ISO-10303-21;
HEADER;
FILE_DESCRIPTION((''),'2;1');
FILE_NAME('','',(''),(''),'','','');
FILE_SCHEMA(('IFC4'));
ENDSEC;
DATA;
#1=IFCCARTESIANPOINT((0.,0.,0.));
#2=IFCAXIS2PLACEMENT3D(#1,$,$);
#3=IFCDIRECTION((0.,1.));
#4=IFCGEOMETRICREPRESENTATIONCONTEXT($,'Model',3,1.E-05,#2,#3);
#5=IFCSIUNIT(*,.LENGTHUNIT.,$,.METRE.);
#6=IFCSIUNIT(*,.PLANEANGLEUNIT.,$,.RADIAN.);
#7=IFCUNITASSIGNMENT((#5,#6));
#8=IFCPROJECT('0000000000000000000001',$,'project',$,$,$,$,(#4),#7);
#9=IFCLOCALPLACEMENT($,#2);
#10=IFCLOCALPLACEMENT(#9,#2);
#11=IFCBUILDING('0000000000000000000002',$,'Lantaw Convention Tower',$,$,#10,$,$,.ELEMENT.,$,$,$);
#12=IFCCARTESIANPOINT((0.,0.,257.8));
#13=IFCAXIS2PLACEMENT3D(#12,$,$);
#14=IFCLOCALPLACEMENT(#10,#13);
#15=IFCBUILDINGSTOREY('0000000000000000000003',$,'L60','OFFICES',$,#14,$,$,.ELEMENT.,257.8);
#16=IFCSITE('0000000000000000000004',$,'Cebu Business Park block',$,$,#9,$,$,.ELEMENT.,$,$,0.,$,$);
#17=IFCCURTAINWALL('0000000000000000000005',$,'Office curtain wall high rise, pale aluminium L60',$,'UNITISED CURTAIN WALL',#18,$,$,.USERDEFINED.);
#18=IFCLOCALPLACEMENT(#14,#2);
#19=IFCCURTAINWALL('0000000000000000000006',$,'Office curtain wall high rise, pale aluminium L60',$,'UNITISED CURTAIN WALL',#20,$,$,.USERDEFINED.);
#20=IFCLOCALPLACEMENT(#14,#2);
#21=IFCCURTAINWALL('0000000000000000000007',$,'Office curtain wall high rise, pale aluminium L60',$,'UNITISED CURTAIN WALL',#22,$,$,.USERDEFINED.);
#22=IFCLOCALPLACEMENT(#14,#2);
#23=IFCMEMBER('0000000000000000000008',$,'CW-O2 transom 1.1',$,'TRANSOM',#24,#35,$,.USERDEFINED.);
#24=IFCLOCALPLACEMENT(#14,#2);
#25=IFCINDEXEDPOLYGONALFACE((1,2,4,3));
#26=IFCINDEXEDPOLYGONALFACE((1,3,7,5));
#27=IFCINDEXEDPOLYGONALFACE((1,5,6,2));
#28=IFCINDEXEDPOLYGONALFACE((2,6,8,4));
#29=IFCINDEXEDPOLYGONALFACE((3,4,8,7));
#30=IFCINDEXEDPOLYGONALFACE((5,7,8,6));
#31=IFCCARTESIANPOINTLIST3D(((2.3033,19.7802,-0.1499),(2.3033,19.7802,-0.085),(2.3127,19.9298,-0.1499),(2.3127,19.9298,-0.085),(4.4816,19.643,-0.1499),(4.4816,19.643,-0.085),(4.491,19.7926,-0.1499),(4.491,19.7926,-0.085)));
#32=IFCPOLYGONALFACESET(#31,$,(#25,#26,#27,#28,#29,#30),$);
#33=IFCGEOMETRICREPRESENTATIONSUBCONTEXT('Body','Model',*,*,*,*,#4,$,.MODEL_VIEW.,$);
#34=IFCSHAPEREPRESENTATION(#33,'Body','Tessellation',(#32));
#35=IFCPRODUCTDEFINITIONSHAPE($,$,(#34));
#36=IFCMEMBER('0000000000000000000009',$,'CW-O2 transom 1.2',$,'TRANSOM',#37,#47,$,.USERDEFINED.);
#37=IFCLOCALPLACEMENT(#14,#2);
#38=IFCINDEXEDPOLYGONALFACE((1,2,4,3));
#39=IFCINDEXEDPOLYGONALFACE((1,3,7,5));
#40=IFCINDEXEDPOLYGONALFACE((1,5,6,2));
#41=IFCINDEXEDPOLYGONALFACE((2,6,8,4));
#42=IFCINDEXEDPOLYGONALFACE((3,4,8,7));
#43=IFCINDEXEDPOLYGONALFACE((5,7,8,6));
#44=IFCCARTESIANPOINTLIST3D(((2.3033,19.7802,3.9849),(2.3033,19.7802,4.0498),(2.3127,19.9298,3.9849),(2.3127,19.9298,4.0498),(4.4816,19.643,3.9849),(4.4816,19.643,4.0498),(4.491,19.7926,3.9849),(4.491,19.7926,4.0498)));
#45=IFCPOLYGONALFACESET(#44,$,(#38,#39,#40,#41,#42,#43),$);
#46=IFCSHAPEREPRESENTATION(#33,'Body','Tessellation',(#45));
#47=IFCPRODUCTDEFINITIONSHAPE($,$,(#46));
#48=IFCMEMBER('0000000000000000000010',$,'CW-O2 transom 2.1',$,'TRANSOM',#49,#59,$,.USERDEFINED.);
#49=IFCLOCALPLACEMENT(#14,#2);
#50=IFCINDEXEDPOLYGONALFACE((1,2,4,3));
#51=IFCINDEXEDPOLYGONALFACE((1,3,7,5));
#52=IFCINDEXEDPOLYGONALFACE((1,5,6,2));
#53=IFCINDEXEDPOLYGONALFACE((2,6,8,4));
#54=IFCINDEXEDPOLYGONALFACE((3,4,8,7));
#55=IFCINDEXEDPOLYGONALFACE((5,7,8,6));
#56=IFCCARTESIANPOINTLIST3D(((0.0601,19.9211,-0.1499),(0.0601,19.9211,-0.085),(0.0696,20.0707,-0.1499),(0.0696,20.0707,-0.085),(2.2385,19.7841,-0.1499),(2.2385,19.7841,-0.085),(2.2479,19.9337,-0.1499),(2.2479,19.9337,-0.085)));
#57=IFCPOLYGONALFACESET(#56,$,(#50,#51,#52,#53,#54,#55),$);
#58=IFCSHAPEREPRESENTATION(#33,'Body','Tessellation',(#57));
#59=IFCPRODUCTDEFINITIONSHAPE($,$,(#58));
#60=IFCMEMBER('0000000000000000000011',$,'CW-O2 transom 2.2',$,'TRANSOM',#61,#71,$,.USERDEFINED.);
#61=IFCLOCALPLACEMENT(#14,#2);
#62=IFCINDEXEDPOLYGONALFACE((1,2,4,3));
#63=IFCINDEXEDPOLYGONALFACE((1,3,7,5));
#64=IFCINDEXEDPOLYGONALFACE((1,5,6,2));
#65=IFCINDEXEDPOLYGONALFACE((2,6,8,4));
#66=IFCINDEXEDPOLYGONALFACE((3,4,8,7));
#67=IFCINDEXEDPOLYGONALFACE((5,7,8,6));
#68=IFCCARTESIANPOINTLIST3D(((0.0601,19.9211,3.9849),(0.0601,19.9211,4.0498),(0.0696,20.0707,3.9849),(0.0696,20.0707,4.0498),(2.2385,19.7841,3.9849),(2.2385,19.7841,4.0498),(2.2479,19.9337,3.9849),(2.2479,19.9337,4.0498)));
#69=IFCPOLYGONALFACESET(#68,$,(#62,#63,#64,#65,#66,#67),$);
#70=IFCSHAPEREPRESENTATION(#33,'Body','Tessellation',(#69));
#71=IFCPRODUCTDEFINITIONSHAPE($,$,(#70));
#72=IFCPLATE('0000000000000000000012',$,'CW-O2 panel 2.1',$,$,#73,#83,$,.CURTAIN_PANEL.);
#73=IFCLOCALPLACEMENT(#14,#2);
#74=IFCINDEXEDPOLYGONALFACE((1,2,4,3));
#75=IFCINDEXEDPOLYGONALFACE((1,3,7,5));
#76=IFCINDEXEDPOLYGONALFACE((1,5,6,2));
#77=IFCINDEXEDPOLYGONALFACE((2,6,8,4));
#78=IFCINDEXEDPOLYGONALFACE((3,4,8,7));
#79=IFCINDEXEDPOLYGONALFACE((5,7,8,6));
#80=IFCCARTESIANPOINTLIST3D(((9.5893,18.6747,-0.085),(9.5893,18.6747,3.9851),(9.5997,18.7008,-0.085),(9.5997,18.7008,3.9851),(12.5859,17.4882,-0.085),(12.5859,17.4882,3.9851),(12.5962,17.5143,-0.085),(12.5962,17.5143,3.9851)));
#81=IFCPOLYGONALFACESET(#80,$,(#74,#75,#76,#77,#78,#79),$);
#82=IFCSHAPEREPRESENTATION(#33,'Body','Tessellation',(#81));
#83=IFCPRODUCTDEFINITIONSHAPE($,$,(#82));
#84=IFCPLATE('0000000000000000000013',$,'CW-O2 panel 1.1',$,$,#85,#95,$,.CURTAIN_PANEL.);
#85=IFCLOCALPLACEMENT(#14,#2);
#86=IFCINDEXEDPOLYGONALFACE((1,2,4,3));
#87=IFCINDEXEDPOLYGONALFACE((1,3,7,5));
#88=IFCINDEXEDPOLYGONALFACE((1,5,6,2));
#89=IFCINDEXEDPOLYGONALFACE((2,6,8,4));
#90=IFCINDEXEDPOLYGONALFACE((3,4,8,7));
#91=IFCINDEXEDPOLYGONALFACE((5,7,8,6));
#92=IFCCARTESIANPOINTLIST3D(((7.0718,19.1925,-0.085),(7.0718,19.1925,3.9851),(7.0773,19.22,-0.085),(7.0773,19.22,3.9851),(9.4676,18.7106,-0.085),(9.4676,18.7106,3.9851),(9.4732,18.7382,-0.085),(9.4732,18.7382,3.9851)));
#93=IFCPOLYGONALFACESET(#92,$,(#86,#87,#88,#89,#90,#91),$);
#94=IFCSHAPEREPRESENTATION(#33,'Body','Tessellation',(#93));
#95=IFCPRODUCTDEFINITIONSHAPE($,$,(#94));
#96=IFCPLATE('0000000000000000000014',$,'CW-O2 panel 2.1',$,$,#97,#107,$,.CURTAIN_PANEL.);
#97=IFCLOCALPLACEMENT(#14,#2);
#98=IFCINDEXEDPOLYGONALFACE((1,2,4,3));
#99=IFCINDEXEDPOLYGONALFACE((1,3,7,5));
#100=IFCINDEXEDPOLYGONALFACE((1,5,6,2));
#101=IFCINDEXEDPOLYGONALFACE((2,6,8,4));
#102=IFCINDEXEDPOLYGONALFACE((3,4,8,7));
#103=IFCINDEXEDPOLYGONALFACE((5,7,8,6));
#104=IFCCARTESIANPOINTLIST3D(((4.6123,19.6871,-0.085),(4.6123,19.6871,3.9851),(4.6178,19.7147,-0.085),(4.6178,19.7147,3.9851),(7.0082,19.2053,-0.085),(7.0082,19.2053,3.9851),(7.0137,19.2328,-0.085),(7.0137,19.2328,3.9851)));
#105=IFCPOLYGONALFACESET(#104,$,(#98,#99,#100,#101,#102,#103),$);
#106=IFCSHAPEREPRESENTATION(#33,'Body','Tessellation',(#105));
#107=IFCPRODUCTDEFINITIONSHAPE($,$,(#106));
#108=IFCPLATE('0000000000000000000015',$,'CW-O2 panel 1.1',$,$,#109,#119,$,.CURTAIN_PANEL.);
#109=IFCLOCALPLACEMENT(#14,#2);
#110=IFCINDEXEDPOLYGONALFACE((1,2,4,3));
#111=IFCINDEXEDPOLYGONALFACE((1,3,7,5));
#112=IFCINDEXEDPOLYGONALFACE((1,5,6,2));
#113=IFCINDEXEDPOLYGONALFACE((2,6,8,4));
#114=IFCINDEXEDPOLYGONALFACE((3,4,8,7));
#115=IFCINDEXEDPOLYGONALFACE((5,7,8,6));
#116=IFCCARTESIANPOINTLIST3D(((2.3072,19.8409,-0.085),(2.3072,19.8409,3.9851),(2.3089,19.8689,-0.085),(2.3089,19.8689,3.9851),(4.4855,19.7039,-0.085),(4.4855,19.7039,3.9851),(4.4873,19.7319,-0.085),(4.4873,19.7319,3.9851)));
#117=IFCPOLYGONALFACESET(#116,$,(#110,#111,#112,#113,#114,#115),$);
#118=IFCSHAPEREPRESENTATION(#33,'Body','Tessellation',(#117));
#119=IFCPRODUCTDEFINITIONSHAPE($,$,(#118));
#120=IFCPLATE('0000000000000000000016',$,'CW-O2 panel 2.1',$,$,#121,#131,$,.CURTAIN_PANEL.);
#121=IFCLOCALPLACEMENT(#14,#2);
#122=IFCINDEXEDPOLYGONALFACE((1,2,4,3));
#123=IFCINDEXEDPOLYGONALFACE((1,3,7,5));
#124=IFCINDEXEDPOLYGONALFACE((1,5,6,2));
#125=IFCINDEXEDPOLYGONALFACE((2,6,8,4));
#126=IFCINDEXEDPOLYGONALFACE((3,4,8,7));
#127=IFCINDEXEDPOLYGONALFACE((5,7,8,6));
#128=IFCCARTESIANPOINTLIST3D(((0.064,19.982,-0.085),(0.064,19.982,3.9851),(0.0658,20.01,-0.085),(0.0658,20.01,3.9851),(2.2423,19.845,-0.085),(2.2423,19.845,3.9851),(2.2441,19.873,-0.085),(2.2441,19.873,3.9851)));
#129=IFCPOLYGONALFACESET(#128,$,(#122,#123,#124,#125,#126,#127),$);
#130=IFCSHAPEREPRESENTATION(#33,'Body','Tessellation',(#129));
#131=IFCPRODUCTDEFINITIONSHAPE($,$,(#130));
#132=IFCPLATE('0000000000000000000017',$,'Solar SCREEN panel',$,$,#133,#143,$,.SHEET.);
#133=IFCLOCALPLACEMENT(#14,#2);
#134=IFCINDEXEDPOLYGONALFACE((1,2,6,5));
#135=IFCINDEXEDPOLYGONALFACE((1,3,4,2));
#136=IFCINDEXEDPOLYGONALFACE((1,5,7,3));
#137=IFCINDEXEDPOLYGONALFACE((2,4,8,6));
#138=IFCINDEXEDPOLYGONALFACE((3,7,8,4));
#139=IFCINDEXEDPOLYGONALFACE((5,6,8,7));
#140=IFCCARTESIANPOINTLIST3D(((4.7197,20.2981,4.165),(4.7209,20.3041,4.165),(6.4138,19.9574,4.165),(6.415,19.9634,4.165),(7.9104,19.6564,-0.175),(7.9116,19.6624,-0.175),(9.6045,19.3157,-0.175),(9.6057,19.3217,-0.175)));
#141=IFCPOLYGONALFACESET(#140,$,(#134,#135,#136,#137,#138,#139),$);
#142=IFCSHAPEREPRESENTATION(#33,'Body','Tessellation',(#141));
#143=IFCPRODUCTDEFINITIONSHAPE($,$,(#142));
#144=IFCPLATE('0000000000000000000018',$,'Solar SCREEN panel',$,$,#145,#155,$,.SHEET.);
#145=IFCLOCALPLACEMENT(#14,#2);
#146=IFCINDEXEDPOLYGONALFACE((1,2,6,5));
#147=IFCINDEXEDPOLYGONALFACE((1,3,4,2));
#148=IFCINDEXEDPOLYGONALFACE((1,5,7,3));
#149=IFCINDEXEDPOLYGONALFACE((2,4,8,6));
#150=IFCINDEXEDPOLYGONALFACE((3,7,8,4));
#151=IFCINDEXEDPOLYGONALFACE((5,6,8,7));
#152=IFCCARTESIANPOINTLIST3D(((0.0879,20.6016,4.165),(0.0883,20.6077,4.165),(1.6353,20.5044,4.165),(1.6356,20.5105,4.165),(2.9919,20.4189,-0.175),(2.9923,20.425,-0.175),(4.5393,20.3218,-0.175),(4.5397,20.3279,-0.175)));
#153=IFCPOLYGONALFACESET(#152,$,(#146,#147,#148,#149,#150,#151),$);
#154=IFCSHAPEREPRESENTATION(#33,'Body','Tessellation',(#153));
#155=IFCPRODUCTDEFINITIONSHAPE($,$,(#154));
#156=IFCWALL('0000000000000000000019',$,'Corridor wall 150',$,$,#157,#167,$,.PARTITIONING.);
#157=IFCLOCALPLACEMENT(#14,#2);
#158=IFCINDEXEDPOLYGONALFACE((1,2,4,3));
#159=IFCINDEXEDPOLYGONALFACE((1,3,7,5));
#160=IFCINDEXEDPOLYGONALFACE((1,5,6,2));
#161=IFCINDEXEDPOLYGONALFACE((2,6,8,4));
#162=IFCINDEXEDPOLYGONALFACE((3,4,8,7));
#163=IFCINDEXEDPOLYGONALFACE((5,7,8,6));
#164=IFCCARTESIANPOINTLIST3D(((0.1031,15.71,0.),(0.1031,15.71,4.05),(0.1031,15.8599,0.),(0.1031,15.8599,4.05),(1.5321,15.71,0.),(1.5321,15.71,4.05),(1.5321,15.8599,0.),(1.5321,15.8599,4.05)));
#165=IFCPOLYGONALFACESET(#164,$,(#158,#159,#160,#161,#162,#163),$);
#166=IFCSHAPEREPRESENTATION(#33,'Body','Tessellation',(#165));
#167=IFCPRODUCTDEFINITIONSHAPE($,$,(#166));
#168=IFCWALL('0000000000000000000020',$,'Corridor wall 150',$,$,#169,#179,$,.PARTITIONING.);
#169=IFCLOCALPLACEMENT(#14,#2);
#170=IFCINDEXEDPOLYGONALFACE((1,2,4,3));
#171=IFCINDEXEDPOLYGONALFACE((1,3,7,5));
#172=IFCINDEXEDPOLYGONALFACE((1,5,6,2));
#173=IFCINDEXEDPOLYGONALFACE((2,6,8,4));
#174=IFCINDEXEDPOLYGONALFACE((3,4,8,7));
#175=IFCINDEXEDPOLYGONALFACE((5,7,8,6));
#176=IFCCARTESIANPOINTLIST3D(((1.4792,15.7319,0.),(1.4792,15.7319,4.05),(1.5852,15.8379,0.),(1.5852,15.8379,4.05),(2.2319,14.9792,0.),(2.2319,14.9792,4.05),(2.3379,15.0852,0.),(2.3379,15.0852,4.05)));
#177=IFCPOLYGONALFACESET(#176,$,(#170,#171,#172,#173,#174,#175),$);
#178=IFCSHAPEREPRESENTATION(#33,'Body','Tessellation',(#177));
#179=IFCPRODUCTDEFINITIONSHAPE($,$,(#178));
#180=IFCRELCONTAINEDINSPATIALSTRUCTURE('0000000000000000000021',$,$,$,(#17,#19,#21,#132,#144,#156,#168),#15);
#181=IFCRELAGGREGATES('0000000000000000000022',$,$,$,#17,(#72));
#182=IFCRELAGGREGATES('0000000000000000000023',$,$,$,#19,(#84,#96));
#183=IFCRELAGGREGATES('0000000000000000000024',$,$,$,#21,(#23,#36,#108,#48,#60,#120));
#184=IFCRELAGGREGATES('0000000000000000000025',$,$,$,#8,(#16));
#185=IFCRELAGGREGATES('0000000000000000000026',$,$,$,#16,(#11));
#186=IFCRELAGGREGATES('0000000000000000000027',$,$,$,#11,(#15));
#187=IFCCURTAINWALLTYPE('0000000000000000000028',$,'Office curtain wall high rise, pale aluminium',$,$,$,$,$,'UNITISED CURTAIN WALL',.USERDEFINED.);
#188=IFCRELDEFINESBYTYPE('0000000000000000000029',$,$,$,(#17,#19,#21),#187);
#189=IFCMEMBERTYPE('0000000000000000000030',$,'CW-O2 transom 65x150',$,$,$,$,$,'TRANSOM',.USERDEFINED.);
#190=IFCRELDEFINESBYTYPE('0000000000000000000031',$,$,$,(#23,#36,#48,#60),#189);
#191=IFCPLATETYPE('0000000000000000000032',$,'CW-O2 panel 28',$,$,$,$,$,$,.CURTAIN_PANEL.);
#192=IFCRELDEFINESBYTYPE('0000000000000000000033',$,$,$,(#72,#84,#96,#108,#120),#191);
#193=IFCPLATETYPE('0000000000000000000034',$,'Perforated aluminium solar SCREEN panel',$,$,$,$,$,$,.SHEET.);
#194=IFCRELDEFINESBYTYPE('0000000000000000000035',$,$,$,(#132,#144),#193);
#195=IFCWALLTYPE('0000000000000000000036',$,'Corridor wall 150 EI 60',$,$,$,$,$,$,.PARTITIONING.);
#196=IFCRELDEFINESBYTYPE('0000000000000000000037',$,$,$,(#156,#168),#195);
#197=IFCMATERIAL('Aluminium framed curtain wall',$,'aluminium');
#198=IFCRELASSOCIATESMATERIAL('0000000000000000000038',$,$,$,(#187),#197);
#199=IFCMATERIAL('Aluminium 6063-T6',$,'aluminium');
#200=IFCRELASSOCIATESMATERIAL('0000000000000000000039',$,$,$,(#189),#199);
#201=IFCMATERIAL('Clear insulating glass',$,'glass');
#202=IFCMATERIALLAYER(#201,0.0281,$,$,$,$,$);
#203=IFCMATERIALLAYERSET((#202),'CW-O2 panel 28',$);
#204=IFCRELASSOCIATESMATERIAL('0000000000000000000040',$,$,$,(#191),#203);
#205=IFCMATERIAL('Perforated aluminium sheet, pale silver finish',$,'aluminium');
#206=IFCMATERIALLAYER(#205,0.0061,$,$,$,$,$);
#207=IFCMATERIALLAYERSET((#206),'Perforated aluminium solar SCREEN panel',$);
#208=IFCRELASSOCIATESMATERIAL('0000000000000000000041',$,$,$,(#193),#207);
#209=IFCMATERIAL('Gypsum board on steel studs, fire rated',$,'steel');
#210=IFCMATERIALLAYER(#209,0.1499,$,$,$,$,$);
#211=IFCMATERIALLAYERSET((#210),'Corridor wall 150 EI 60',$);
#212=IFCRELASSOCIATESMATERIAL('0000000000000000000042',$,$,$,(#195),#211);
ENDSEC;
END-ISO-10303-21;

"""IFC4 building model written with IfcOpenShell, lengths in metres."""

from ifc_helpers import new_model, si_unit, direction, frame, frame_2d, origin, origin_2d, place, context, subcontext, project, spatial, polyline, rectangle, outline, extrude, material, layer, layer_set, material_profile, profile_set, type_object, element, aggregate, save


model = new_model("IFC4")

# Units and contexts
model_context = context("Model", 3, precision=1e-05, world=origin(), true_north=direction((0.0, 1.0)))
body_context = subcontext(model_context, "Body", "Model", "MODEL_VIEW")
ifc_project = project(units=[si_unit("LENGTHUNIT", "METRE"), si_unit("PLANEANGLEUNIT", "RADIAN")], contexts=[model_context])

# Site, building, storey
site_placement = place(None, origin())
site = spatial("IfcSite", under=ifc_project, at=site_placement, Name="Cebu Business Park block", CompositionType="ELEMENT", RefElevation=0.0)
building_placement = place(site_placement, origin())
building = spatial("IfcBuilding", under=site, at=building_placement, Name="Lantaw Convention Tower", CompositionType="ELEMENT")
storey_placement = place(building_placement, frame((0.0, 0.0, 257.8)))
storey = spatial("IfcBuildingStorey", under=building, at=storey_placement, Name="L60", Description="OFFICES", CompositionType="ELEMENT", Elevation=257.8)

# Curtain walls
ifc_material_1 = material(Name="Aluminium framed curtain wall", Category="aluminium")
curtain_wall_type = type_object("IfcCurtainWallType", Name="Office curtain wall high rise, pale aluminium", ElementType="UNITISED CURTAIN WALL", PredefinedType="USERDEFINED", material=ifc_material_1)
curtain_wall_1_placement = place(storey_placement, origin())
curtain_wall_1 = element("IfcCurtainWall", 1, at=curtain_wall_1_placement, inside=storey, type_object=curtain_wall_type, Name="Office curtain wall high rise, pale aluminium L60", ObjectType="UNITISED CURTAIN WALL", PredefinedType="USERDEFINED")
ifc_material_2 = material(Name="Aluminium 6063-T6", Category="aluminium")
curtain_wall_2_placement = place(storey_placement, origin())
curtain_wall_2 = element("IfcCurtainWall", 2, at=curtain_wall_2_placement, inside=storey, type_object=curtain_wall_type, Name="Office curtain wall high rise, pale aluminium L60", ObjectType="UNITISED CURTAIN WALL", PredefinedType="USERDEFINED")
curtain_wall_3_placement = place(storey_placement, origin())
curtain_wall_3 = element("IfcCurtainWall", 3, at=curtain_wall_3_placement, inside=storey, type_object=curtain_wall_type, Name="Office curtain wall high rise, pale aluminium L60", ObjectType="UNITISED CURTAIN WALL", PredefinedType="USERDEFINED")

# Members
ifc_material_profile_1 = material_profile(ifc_material_2, rectangle(XDim=0.1499, YDim=0.0649, at=origin_2d()), Name="CW-O2 transom 65x150")
ifc_profile_set_1 = profile_set([ifc_material_profile_1], Name="Aluminium 6063-T6")
member_type_1 = type_object("IfcMemberType", Name="CW-O2 transom 65x150", ElementType="TRANSOM", PredefinedType="USERDEFINED", material=ifc_profile_set_1)
member_1_placement = place(storey_placement, frame((4.4863, 19.7178, -0.1174), z_axis=(-0.998022, 0.062866, 0.0), x_axis=(-0.062866, -0.998022, 0.0)))
member_1 = element("IfcMember", 4, at=member_1_placement, type_object=member_type_1, Name="CW-O2 transom 1.1", ObjectType="TRANSOM", PredefinedType="USERDEFINED", context=body_context, shape_type="SweptSolid", body=[
    extrude(rectangle(XDim=0.1499, YDim=0.0649, at=origin_2d()), origin(), (0.0, 0.0, 1.0), 2.1826),
])
member_2_placement = place(storey_placement, frame((4.4863, 19.7178, 4.0173), z_axis=(-0.998022, 0.062866, 0.0), x_axis=(-0.062866, -0.998022, 0.0)))
member_2 = element("IfcMember", 5, at=member_2_placement, type_object=member_type_1, Name="CW-O2 transom 1.2", ObjectType="TRANSOM", PredefinedType="USERDEFINED", context=body_context, shape_type="SweptSolid", body=[
    extrude(rectangle(XDim=0.1499, YDim=0.0649, at=origin_2d()), origin(), (0.0, 0.0, 1.0), 2.1826),
])
member_3_placement = place(storey_placement, frame((2.2432, 19.8589, -0.1174), z_axis=(-0.998029, 0.062754, 0.0), x_axis=(-0.062754, -0.998029, 0.0)))
member_3 = element("IfcMember", 6, at=member_3_placement, type_object=member_type_1, Name="CW-O2 transom 2.1", ObjectType="TRANSOM", PredefinedType="USERDEFINED", context=body_context, shape_type="SweptSolid", body=[
    extrude(rectangle(XDim=0.1499, YDim=0.0649, at=origin_2d()), origin(), (0.0, 0.0, 1.0), 2.1826),
])
member_4_placement = place(storey_placement, frame((2.2432, 19.8589, 4.0173), z_axis=(-0.998029, 0.062754, 0.0), x_axis=(-0.062754, -0.998029, 0.0)))
member_4 = element("IfcMember", 7, at=member_4_placement, type_object=member_type_1, Name="CW-O2 transom 2.2", ObjectType="TRANSOM", PredefinedType="USERDEFINED", context=body_context, shape_type="SweptSolid", body=[
    extrude(rectangle(XDim=0.1499, YDim=0.0649, at=origin_2d()), origin(), (0.0, 0.0, 1.0), 2.1826),
])

# Plates
ifc_material_3 = material(Name="Clear insulating glass", Category="glass")
ifc_layer_1 = layer(ifc_material_3, 0.0281)
ifc_layer_set_1 = layer_set([ifc_layer_1], Name="CW-O2 panel 28")
plate_type_1 = type_object("IfcPlateType", Name="CW-O2 panel 28", PredefinedType="CURTAIN_PANEL", material=ifc_layer_set_1)
plate_1_placement = place(storey_placement, frame((11.0928, 18.0945, -0.085), z_axis=(0.0, 0.0, 1.0), x_axis=(-0.929762, 0.368162, 0.0)))
plate_1 = element("IfcPlate", 8, at=plate_1_placement, type_object=plate_type_1, Name="CW-O2 panel 2.1", PredefinedType="CURTAIN_PANEL", context=body_context, shape_type="SweptSolid", body=[
    extrude(rectangle(XDim=3.2229, YDim=0.0281, at=origin_2d()), origin(), (0.0, 0.0, 1.0), 4.0701),
])
aggregate(curtain_wall_1, [plate_1])
plate_2_placement = place(storey_placement, frame((8.2725, 18.9653, -0.085), z_axis=(0.0, 0.0, 1.0), x_axis=(-0.980367, 0.197183, 0.0)))
plate_2 = element("IfcPlate", 9, at=plate_2_placement, type_object=plate_type_1, Name="CW-O2 panel 1.1", PredefinedType="CURTAIN_PANEL", context=body_context, shape_type="SweptSolid", body=[
    extrude(rectangle(XDim=2.4438, YDim=0.0281, at=origin_2d()), origin(), (0.0, 0.0, 1.0), 4.0701),
])
plate_3_placement = place(storey_placement, frame((5.813, 19.46, -0.085), z_axis=(0.0, 0.0, 1.0), x_axis=(-0.980367, 0.197183, 0.0)))
plate_3 = element("IfcPlate", 10, at=plate_3_placement, type_object=plate_type_1, Name="CW-O2 panel 2.1", PredefinedType="CURTAIN_PANEL", context=body_context, shape_type="SweptSolid", body=[
    extrude(rectangle(XDim=2.4438, YDim=0.0281, at=origin_2d()), origin(), (0.0, 0.0, 1.0), 4.0701),
])
aggregate(curtain_wall_2, [plate_2, plate_3])
plate_4_placement = place(storey_placement, frame((3.3972, 19.7864, -0.085), z_axis=(0.0, 0.0, 1.0), x_axis=(-0.998029, 0.062758, 0.0)))
plate_4 = element("IfcPlate", 11, at=plate_4_placement, type_object=plate_type_1, Name="CW-O2 panel 1.1", PredefinedType="CURTAIN_PANEL", context=body_context, shape_type="SweptSolid", body=[
    extrude(rectangle(XDim=2.1826, YDim=0.0281, at=origin_2d()), origin(), (0.0, 0.0, 1.0), 4.0701),
])
plate_5_placement = place(storey_placement, frame((1.1541, 19.9275, -0.085), z_axis=(0.0, 0.0, 1.0), x_axis=(-0.998029, 0.062758, 0.0)))
plate_5 = element("IfcPlate", 12, at=plate_5_placement, type_object=plate_type_1, Name="CW-O2 panel 2.1", PredefinedType="CURTAIN_PANEL", context=body_context, shape_type="SweptSolid", body=[
    extrude(rectangle(XDim=2.1826, YDim=0.0281, at=origin_2d()), origin(), (0.0, 0.0, 1.0), 4.0701),
])
aggregate(curtain_wall_3, [member_1, member_2, plate_4, member_3, member_4, plate_5])

# Plates
ifc_material_4 = material(Name="Perforated aluminium sheet, pale silver finish", Category="aluminium")
ifc_layer_2 = layer(ifc_material_4, 0.0061)
ifc_layer_set_2 = layer_set([ifc_layer_2], Name="Perforated aluminium solar SCREEN panel")
plate_type_2 = type_object("IfcPlateType", Name="Perforated aluminium solar SCREEN panel", PredefinedType="SHEET", material=ifc_layer_set_2)
plate_6_placement = place(storey_placement, frame((9.6045, 19.3157, -0.175), z_axis=(-0.197162, -0.980371, 0.000011), x_axis=(-0.980371, 0.197162, 0.0)))
element("IfcPlate", 13, at=plate_6_placement, inside=storey, type_object=plate_type_2, Name="Solar SCREEN panel", PredefinedType="SHEET", context=body_context, shape_type="SweptSolid", body=[
    extrude(outline(polyline([(0.0, 0.0), (1.728, 0.0), (4.9826, -4.3401), (3.2545, -4.3401), (0.0, 0.0)])), origin(), (0.0, 0.0, -1.0), 0.0061),
])
plate_7_placement = place(storey_placement, frame((4.5393, 20.3218, -0.175), z_axis=(-0.062672, -0.998034, 0.000059), x_axis=(-0.998034, 0.062672, 0.0)))
element("IfcPlate", 14, at=plate_7_placement, inside=storey, type_object=plate_type_2, Name="Solar SCREEN panel", PredefinedType="SHEET", context=body_context, shape_type="SweptSolid", body=[
    extrude(outline(polyline([(0.0, 0.0), (1.5504, 0.0), (4.4602, -4.3401), (2.9098, -4.3401), (0.0, 0.0)])), origin(), (0.0, 0.0, -1.0), 0.0061),
])

# Walls
ifc_material_5 = material(Name="Gypsum board on steel studs, fire rated", Category="steel")
ifc_layer_3 = layer(ifc_material_5, 0.1499)
ifc_layer_set_3 = layer_set([ifc_layer_3], Name="Corridor wall 150 EI 60")
wall_type_1 = type_object("IfcWallType", Name="Corridor wall 150 EI 60", PredefinedType="PARTITIONING", material=ifc_layer_set_3)
wall_1_placement = place(storey_placement, frame((0.1033, 15.7849, 0.0), z_axis=(0.0, 0.0, 1.0), x_axis=(1.0, 0.0, 0.0)))
element("IfcWall", 15, at=wall_1_placement, inside=storey, type_object=wall_type_1, Name="Corridor wall 150", PredefinedType="PARTITIONING", context=body_context, shape_type="SweptSolid", body=[
    extrude(rectangle(XDim=1.429, YDim=0.1499, at=frame_2d((0.7144, 0.0))), origin(), (0.0, 0.0, 1.0), 4.05),
])
wall_2_placement = place(storey_placement, frame((1.5322, 15.7849, 0.0), z_axis=(0.0, 0.0, 1.0), x_axis=(0.707107, -0.707107, 0.0)))
element("IfcWall", 16, at=wall_2_placement, inside=storey, type_object=wall_type_1, Name="Corridor wall 150", PredefinedType="PARTITIONING", context=body_context, shape_type="SweptSolid", body=[
    extrude(rectangle(XDim=1.0645, YDim=0.1499, at=frame_2d((0.5322, 0.0))), origin(), (0.0, 0.0, 1.0), 4.05),
])

save(model, "model.ifc")
